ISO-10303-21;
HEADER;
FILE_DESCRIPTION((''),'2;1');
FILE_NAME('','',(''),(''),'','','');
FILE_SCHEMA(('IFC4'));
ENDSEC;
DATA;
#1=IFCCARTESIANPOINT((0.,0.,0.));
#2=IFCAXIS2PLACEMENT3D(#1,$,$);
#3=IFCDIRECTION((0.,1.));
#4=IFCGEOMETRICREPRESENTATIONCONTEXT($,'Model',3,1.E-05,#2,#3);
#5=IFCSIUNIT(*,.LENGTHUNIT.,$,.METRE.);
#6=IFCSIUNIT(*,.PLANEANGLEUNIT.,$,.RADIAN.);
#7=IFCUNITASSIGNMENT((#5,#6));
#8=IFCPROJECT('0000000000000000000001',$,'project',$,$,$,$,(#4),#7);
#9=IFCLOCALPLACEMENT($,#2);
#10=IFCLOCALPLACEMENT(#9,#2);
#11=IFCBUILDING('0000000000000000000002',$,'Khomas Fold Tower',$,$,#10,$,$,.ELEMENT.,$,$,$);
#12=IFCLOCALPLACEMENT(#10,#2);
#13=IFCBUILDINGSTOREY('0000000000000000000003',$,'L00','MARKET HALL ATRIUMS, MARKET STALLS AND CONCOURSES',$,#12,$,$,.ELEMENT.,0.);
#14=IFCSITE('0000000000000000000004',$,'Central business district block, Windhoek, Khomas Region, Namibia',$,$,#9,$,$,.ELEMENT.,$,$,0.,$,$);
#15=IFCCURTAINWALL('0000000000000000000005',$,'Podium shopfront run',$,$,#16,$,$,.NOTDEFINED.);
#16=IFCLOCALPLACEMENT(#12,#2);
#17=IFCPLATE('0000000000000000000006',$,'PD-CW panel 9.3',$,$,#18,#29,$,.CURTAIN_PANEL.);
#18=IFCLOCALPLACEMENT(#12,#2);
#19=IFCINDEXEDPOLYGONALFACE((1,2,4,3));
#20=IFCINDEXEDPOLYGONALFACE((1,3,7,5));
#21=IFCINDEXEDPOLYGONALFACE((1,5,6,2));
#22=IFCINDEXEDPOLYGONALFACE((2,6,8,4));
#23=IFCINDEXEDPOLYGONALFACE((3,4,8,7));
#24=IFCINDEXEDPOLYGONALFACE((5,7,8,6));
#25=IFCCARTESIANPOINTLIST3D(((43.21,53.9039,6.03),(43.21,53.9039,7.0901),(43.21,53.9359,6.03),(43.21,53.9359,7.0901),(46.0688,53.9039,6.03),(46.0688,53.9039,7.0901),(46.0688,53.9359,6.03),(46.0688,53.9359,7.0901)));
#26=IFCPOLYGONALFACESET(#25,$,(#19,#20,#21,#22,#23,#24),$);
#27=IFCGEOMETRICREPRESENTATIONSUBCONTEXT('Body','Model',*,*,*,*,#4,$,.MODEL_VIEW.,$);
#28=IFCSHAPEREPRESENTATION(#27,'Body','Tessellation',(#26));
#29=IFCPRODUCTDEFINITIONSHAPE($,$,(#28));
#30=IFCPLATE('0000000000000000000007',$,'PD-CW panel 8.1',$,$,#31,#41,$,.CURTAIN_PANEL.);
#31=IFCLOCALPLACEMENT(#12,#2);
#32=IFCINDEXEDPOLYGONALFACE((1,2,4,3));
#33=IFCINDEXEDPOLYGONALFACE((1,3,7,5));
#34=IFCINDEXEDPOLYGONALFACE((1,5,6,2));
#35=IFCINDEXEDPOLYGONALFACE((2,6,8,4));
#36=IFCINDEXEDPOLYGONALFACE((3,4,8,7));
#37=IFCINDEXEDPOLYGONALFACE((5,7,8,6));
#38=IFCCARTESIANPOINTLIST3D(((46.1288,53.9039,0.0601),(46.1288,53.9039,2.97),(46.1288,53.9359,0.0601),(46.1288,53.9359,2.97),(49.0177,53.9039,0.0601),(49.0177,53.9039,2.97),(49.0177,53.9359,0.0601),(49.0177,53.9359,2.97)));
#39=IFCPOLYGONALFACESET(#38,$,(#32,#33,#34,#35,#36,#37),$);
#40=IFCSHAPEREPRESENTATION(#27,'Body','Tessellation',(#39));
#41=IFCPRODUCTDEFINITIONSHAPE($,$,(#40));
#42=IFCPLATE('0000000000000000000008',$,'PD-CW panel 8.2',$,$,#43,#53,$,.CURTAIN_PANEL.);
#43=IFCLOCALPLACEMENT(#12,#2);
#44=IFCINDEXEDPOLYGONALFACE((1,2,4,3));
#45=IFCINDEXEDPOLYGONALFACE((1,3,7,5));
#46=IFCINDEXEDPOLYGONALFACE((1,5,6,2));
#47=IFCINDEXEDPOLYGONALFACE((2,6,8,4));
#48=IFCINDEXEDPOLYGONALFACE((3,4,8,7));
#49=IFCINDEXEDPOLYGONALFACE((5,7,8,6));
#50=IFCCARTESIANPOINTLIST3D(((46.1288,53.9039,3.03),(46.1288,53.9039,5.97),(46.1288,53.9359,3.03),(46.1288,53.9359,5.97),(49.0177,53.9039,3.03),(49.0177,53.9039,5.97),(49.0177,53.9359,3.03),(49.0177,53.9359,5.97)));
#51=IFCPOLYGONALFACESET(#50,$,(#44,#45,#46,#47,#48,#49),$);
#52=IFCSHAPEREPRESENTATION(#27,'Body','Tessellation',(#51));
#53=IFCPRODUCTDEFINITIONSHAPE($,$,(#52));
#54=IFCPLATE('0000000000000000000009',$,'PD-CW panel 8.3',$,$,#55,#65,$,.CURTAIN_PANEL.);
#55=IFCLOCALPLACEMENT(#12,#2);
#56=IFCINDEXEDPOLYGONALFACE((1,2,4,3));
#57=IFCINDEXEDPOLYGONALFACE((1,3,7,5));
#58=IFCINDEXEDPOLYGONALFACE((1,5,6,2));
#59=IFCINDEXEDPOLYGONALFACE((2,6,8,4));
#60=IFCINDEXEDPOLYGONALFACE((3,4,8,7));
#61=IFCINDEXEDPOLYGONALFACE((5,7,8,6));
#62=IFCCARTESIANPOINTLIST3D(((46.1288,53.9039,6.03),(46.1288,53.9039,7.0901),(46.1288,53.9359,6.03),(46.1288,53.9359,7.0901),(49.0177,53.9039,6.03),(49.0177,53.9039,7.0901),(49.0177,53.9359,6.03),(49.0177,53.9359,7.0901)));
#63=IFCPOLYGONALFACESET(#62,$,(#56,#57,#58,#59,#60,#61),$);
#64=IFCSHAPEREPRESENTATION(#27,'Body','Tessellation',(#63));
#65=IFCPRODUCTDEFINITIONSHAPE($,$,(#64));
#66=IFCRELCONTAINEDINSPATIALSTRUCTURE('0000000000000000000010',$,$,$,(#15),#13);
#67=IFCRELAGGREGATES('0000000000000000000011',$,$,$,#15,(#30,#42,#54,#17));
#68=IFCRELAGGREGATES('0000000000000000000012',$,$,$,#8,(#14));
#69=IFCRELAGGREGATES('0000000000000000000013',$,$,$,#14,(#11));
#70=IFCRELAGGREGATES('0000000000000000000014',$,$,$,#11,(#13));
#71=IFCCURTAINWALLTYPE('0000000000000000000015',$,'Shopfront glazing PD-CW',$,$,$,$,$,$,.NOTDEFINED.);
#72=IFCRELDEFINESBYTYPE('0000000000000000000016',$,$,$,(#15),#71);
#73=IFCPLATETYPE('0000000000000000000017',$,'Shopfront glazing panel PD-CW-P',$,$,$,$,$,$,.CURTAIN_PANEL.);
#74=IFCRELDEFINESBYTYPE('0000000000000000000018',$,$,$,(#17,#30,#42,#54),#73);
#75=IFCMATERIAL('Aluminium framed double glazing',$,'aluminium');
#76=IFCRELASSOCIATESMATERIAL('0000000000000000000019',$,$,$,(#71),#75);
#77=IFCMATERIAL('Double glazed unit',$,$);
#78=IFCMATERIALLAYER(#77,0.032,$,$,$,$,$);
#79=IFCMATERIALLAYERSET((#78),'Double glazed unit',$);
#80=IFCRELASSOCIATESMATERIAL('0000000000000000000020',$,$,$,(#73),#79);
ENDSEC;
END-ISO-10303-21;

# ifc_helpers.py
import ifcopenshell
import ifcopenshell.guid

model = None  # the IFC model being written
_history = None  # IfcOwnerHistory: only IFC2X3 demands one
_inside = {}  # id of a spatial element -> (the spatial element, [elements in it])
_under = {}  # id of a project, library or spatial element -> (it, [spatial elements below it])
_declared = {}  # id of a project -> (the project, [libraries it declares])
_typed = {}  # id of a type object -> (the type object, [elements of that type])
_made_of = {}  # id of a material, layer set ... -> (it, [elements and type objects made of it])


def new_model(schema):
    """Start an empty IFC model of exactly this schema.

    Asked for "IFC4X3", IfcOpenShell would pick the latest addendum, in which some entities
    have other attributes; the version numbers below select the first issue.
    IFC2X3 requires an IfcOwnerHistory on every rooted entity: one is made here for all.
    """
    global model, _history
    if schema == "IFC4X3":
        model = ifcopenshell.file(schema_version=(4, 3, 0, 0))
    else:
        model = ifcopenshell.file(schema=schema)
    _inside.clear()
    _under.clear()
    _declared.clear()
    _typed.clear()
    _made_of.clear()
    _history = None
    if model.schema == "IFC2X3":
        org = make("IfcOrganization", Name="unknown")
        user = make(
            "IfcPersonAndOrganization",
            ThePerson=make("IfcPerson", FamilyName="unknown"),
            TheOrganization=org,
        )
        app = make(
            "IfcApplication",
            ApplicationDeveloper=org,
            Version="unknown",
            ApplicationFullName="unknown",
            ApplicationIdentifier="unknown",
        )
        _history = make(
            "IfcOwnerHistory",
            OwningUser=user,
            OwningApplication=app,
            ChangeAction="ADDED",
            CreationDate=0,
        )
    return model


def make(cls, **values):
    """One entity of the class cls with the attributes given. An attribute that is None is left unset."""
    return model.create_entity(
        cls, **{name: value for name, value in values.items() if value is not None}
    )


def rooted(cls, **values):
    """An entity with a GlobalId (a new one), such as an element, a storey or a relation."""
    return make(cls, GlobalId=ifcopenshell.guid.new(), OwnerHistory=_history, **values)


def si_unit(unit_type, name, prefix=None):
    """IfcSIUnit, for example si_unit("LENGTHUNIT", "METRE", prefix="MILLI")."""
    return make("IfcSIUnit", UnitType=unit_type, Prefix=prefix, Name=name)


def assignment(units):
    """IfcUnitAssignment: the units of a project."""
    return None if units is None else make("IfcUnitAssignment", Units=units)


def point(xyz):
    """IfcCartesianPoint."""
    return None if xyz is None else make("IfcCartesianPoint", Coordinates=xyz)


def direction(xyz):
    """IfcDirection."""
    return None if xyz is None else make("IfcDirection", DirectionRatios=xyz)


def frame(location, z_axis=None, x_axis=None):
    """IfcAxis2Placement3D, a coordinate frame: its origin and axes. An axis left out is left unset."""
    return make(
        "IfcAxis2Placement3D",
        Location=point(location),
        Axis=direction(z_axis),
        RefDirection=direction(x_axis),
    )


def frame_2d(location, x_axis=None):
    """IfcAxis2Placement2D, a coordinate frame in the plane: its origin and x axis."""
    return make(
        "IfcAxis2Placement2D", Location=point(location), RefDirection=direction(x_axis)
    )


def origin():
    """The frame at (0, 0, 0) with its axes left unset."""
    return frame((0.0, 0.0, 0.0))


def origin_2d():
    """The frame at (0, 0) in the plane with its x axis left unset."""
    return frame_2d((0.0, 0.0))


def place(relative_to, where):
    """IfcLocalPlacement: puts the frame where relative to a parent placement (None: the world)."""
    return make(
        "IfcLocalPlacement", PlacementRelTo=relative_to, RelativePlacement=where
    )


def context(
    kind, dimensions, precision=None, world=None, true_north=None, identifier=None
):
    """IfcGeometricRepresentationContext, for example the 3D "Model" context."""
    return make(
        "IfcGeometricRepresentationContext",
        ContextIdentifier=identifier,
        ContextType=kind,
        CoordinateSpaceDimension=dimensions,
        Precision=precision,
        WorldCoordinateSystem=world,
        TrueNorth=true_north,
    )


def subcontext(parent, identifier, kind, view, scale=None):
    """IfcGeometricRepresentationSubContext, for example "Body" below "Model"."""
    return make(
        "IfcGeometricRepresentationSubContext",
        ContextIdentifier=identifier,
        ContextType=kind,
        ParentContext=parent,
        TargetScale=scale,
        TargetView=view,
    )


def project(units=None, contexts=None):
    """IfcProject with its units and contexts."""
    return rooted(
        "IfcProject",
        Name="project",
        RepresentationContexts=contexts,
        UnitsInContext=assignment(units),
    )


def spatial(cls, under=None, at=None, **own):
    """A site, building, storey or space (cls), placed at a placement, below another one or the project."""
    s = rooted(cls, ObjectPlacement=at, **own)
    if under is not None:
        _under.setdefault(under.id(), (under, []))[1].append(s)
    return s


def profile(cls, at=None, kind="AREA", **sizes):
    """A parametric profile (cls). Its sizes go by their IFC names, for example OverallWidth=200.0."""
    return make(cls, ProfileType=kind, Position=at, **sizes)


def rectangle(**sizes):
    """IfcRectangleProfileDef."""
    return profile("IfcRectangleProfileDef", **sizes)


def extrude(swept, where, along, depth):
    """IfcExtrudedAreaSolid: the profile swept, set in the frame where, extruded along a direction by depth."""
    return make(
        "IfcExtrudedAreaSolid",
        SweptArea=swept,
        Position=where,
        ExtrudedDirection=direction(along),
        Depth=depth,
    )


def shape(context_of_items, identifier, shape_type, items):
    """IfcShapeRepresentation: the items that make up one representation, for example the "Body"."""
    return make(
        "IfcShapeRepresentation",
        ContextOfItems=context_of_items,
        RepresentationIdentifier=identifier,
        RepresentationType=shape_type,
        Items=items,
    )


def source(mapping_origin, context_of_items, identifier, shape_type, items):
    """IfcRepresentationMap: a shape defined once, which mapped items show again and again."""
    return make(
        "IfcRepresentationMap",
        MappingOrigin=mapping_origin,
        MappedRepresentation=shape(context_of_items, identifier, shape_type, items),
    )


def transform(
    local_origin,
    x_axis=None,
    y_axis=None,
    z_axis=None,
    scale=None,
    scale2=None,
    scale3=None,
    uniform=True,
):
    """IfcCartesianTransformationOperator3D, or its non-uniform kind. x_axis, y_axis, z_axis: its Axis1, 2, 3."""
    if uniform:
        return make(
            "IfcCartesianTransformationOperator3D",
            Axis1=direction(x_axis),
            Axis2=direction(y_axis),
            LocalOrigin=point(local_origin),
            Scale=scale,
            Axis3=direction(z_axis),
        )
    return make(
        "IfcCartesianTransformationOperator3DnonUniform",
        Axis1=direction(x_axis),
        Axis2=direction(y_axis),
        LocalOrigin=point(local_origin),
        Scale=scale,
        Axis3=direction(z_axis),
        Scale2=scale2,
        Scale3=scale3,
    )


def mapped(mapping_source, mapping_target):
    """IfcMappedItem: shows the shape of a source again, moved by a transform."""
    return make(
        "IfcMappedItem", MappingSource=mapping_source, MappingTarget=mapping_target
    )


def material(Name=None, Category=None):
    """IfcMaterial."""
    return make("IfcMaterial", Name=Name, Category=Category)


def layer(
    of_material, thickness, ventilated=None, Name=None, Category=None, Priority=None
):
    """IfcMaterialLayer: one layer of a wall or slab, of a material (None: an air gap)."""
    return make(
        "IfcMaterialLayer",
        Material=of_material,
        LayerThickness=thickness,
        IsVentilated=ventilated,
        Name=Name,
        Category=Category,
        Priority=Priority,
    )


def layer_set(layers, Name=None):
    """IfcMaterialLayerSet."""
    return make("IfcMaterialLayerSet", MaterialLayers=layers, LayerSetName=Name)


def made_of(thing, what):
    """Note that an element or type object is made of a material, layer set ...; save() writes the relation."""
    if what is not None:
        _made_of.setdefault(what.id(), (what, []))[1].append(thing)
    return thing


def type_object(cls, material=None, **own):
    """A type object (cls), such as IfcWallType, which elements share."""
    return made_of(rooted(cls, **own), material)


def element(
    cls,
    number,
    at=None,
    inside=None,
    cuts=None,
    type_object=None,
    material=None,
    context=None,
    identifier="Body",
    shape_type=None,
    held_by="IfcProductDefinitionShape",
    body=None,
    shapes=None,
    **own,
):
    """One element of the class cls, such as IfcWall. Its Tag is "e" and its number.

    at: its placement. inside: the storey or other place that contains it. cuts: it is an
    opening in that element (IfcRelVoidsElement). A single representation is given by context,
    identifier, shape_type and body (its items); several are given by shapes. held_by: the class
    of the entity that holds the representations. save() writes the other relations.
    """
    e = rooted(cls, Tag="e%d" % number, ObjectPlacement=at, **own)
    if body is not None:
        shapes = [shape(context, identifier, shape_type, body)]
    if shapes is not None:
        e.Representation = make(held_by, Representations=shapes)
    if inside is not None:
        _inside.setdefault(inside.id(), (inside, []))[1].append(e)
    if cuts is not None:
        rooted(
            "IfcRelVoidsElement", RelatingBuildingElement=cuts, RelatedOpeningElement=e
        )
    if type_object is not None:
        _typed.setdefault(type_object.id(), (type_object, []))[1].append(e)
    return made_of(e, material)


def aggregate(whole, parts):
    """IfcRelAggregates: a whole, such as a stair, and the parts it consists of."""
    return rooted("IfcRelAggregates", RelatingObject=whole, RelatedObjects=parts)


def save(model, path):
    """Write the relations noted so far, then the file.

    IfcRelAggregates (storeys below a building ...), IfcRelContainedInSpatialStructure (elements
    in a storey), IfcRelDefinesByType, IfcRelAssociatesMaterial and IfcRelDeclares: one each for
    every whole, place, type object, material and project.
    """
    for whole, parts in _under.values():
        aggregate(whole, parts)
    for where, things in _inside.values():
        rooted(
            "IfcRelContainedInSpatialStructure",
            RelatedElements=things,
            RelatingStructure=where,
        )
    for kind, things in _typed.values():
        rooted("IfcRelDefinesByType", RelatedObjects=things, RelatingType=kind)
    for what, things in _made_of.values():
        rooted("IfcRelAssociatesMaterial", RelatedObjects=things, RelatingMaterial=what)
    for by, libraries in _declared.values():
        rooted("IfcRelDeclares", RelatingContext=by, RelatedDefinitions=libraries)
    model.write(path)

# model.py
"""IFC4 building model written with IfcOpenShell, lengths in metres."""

from ifc_helpers import new_model, si_unit, direction, frame, origin, origin_2d, place, context, subcontext, project, spatial, rectangle, extrude, source, transform, mapped, material, layer, layer_set, type_object, element, aggregate, save


model = new_model("IFC4")

# Units and contexts
model_context = context("Model", 3, precision=1e-05, world=origin(), true_north=direction((0.0, 1.0)))
body_context = subcontext(model_context, "Body", "Model", "MODEL_VIEW")
ifc_project = project(units=[si_unit("LENGTHUNIT", "METRE"), si_unit("PLANEANGLEUNIT", "RADIAN")], contexts=[model_context])

# Site, building, storey
site_placement = place(None, origin())
site = spatial("IfcSite", under=ifc_project, at=site_placement, Name="Central business district block, Windhoek, Khomas Region, Namibia", CompositionType="ELEMENT", RefElevation=0.0)
building_placement = place(site_placement, origin())
building = spatial("IfcBuilding", under=site, at=building_placement, Name="Khomas Fold Tower", CompositionType="ELEMENT")
storey_placement = place(building_placement, origin())
storey = spatial("IfcBuildingStorey", under=building, at=storey_placement, Name="L00", Description="MARKET HALL ATRIUMS, MARKET STALLS AND CONCOURSES", CompositionType="ELEMENT", Elevation=0.0)

# Curtain wall
ifc_material_1 = material(Name="Aluminium framed double glazing", Category="aluminium")
curtain_wall_type = type_object("IfcCurtainWallType", Name="Shopfront glazing PD-CW", PredefinedType="NOTDEFINED", material=ifc_material_1)
curtain_wall_1_placement = place(storey_placement, origin())
curtain_wall_1 = element("IfcCurtainWall", 1, at=curtain_wall_1_placement, inside=storey, type_object=curtain_wall_type, Name="Podium shopfront run", PredefinedType="NOTDEFINED")

# Plates
ifc_material_2 = material(Name="Double glazed unit")
ifc_layer = layer(ifc_material_2, 0.032)
ifc_layer_set = layer_set([ifc_layer], Name="Double glazed unit")
plate_type = type_object("IfcPlateType", Name="Shopfront glazing panel PD-CW-P", PredefinedType="CURTAIN_PANEL", material=ifc_layer_set)
shared_shape_1 = source(origin(), body_context, "Body", "SweptSolid", [
    extrude(rectangle(XDim=2.8589, YDim=0.032, at=origin_2d()), origin(), (0.0, 0.0, 1.0), 1.0601),
])
plate_1_placement = place(storey_placement, frame((44.6394, 53.9199, 6.03), z_axis=(0.0, 0.0, 1.0), x_axis=(-1.0, 0.0, 0.0)))
plate_1 = element("IfcPlate", 2, at=plate_1_placement, type_object=plate_type, Name="PD-CW panel 9.3", PredefinedType="CURTAIN_PANEL", context=body_context, shape_type="MappedRepresentation", body=[
    mapped(shared_shape_1, transform((0.0, 0.0, 0.0))),
])
shared_shape_2 = source(origin(), body_context, "Body", "SweptSolid", [
    extrude(rectangle(XDim=2.8889, YDim=0.032, at=origin_2d()), origin(), (0.0, 0.0, 1.0), 2.9099),
])
plate_2_placement = place(storey_placement, frame((47.5732, 53.9199, 0.0601), z_axis=(0.0, 0.0, 1.0), x_axis=(-1.0, 0.0, 0.0)))
plate_2 = element("IfcPlate", 3, at=plate_2_placement, type_object=plate_type, Name="PD-CW panel 8.1", PredefinedType="CURTAIN_PANEL", context=body_context, shape_type="MappedRepresentation", body=[
    mapped(shared_shape_2, transform((0.0, 0.0, 0.0))),
])
shared_shape_3 = source(origin(), body_context, "Body", "SweptSolid", [
    extrude(rectangle(XDim=2.8889, YDim=0.032, at=origin_2d()), origin(), (0.0, 0.0, 1.0), 2.9399),
])
plate_3_placement = place(storey_placement, frame((47.5732, 53.9199, 3.03), z_axis=(0.0, 0.0, 1.0), x_axis=(-1.0, 0.0, 0.0)))
plate_3 = element("IfcPlate", 4, at=plate_3_placement, type_object=plate_type, Name="PD-CW panel 8.2", PredefinedType="CURTAIN_PANEL", context=body_context, shape_type="MappedRepresentation", body=[
    mapped(shared_shape_3, transform((0.0, 0.0, 0.0))),
])
shared_shape_4 = source(origin(), body_context, "Body", "SweptSolid", [
    extrude(rectangle(XDim=2.8889, YDim=0.032, at=origin_2d()), origin(), (0.0, 0.0, 1.0), 1.0601),
])
plate_4_placement = place(storey_placement, frame((47.5732, 53.9199, 6.03), z_axis=(0.0, 0.0, 1.0), x_axis=(-1.0, 0.0, 0.0)))
plate_4 = element("IfcPlate", 5, at=plate_4_placement, type_object=plate_type, Name="PD-CW panel 8.3", PredefinedType="CURTAIN_PANEL", context=body_context, shape_type="MappedRepresentation", body=[
    mapped(shared_shape_4, transform((0.0, 0.0, 0.0))),
])
aggregate(curtain_wall_1, [plate_2, plate_3, plate_4, plate_1])

save(model, "model.ifc")
